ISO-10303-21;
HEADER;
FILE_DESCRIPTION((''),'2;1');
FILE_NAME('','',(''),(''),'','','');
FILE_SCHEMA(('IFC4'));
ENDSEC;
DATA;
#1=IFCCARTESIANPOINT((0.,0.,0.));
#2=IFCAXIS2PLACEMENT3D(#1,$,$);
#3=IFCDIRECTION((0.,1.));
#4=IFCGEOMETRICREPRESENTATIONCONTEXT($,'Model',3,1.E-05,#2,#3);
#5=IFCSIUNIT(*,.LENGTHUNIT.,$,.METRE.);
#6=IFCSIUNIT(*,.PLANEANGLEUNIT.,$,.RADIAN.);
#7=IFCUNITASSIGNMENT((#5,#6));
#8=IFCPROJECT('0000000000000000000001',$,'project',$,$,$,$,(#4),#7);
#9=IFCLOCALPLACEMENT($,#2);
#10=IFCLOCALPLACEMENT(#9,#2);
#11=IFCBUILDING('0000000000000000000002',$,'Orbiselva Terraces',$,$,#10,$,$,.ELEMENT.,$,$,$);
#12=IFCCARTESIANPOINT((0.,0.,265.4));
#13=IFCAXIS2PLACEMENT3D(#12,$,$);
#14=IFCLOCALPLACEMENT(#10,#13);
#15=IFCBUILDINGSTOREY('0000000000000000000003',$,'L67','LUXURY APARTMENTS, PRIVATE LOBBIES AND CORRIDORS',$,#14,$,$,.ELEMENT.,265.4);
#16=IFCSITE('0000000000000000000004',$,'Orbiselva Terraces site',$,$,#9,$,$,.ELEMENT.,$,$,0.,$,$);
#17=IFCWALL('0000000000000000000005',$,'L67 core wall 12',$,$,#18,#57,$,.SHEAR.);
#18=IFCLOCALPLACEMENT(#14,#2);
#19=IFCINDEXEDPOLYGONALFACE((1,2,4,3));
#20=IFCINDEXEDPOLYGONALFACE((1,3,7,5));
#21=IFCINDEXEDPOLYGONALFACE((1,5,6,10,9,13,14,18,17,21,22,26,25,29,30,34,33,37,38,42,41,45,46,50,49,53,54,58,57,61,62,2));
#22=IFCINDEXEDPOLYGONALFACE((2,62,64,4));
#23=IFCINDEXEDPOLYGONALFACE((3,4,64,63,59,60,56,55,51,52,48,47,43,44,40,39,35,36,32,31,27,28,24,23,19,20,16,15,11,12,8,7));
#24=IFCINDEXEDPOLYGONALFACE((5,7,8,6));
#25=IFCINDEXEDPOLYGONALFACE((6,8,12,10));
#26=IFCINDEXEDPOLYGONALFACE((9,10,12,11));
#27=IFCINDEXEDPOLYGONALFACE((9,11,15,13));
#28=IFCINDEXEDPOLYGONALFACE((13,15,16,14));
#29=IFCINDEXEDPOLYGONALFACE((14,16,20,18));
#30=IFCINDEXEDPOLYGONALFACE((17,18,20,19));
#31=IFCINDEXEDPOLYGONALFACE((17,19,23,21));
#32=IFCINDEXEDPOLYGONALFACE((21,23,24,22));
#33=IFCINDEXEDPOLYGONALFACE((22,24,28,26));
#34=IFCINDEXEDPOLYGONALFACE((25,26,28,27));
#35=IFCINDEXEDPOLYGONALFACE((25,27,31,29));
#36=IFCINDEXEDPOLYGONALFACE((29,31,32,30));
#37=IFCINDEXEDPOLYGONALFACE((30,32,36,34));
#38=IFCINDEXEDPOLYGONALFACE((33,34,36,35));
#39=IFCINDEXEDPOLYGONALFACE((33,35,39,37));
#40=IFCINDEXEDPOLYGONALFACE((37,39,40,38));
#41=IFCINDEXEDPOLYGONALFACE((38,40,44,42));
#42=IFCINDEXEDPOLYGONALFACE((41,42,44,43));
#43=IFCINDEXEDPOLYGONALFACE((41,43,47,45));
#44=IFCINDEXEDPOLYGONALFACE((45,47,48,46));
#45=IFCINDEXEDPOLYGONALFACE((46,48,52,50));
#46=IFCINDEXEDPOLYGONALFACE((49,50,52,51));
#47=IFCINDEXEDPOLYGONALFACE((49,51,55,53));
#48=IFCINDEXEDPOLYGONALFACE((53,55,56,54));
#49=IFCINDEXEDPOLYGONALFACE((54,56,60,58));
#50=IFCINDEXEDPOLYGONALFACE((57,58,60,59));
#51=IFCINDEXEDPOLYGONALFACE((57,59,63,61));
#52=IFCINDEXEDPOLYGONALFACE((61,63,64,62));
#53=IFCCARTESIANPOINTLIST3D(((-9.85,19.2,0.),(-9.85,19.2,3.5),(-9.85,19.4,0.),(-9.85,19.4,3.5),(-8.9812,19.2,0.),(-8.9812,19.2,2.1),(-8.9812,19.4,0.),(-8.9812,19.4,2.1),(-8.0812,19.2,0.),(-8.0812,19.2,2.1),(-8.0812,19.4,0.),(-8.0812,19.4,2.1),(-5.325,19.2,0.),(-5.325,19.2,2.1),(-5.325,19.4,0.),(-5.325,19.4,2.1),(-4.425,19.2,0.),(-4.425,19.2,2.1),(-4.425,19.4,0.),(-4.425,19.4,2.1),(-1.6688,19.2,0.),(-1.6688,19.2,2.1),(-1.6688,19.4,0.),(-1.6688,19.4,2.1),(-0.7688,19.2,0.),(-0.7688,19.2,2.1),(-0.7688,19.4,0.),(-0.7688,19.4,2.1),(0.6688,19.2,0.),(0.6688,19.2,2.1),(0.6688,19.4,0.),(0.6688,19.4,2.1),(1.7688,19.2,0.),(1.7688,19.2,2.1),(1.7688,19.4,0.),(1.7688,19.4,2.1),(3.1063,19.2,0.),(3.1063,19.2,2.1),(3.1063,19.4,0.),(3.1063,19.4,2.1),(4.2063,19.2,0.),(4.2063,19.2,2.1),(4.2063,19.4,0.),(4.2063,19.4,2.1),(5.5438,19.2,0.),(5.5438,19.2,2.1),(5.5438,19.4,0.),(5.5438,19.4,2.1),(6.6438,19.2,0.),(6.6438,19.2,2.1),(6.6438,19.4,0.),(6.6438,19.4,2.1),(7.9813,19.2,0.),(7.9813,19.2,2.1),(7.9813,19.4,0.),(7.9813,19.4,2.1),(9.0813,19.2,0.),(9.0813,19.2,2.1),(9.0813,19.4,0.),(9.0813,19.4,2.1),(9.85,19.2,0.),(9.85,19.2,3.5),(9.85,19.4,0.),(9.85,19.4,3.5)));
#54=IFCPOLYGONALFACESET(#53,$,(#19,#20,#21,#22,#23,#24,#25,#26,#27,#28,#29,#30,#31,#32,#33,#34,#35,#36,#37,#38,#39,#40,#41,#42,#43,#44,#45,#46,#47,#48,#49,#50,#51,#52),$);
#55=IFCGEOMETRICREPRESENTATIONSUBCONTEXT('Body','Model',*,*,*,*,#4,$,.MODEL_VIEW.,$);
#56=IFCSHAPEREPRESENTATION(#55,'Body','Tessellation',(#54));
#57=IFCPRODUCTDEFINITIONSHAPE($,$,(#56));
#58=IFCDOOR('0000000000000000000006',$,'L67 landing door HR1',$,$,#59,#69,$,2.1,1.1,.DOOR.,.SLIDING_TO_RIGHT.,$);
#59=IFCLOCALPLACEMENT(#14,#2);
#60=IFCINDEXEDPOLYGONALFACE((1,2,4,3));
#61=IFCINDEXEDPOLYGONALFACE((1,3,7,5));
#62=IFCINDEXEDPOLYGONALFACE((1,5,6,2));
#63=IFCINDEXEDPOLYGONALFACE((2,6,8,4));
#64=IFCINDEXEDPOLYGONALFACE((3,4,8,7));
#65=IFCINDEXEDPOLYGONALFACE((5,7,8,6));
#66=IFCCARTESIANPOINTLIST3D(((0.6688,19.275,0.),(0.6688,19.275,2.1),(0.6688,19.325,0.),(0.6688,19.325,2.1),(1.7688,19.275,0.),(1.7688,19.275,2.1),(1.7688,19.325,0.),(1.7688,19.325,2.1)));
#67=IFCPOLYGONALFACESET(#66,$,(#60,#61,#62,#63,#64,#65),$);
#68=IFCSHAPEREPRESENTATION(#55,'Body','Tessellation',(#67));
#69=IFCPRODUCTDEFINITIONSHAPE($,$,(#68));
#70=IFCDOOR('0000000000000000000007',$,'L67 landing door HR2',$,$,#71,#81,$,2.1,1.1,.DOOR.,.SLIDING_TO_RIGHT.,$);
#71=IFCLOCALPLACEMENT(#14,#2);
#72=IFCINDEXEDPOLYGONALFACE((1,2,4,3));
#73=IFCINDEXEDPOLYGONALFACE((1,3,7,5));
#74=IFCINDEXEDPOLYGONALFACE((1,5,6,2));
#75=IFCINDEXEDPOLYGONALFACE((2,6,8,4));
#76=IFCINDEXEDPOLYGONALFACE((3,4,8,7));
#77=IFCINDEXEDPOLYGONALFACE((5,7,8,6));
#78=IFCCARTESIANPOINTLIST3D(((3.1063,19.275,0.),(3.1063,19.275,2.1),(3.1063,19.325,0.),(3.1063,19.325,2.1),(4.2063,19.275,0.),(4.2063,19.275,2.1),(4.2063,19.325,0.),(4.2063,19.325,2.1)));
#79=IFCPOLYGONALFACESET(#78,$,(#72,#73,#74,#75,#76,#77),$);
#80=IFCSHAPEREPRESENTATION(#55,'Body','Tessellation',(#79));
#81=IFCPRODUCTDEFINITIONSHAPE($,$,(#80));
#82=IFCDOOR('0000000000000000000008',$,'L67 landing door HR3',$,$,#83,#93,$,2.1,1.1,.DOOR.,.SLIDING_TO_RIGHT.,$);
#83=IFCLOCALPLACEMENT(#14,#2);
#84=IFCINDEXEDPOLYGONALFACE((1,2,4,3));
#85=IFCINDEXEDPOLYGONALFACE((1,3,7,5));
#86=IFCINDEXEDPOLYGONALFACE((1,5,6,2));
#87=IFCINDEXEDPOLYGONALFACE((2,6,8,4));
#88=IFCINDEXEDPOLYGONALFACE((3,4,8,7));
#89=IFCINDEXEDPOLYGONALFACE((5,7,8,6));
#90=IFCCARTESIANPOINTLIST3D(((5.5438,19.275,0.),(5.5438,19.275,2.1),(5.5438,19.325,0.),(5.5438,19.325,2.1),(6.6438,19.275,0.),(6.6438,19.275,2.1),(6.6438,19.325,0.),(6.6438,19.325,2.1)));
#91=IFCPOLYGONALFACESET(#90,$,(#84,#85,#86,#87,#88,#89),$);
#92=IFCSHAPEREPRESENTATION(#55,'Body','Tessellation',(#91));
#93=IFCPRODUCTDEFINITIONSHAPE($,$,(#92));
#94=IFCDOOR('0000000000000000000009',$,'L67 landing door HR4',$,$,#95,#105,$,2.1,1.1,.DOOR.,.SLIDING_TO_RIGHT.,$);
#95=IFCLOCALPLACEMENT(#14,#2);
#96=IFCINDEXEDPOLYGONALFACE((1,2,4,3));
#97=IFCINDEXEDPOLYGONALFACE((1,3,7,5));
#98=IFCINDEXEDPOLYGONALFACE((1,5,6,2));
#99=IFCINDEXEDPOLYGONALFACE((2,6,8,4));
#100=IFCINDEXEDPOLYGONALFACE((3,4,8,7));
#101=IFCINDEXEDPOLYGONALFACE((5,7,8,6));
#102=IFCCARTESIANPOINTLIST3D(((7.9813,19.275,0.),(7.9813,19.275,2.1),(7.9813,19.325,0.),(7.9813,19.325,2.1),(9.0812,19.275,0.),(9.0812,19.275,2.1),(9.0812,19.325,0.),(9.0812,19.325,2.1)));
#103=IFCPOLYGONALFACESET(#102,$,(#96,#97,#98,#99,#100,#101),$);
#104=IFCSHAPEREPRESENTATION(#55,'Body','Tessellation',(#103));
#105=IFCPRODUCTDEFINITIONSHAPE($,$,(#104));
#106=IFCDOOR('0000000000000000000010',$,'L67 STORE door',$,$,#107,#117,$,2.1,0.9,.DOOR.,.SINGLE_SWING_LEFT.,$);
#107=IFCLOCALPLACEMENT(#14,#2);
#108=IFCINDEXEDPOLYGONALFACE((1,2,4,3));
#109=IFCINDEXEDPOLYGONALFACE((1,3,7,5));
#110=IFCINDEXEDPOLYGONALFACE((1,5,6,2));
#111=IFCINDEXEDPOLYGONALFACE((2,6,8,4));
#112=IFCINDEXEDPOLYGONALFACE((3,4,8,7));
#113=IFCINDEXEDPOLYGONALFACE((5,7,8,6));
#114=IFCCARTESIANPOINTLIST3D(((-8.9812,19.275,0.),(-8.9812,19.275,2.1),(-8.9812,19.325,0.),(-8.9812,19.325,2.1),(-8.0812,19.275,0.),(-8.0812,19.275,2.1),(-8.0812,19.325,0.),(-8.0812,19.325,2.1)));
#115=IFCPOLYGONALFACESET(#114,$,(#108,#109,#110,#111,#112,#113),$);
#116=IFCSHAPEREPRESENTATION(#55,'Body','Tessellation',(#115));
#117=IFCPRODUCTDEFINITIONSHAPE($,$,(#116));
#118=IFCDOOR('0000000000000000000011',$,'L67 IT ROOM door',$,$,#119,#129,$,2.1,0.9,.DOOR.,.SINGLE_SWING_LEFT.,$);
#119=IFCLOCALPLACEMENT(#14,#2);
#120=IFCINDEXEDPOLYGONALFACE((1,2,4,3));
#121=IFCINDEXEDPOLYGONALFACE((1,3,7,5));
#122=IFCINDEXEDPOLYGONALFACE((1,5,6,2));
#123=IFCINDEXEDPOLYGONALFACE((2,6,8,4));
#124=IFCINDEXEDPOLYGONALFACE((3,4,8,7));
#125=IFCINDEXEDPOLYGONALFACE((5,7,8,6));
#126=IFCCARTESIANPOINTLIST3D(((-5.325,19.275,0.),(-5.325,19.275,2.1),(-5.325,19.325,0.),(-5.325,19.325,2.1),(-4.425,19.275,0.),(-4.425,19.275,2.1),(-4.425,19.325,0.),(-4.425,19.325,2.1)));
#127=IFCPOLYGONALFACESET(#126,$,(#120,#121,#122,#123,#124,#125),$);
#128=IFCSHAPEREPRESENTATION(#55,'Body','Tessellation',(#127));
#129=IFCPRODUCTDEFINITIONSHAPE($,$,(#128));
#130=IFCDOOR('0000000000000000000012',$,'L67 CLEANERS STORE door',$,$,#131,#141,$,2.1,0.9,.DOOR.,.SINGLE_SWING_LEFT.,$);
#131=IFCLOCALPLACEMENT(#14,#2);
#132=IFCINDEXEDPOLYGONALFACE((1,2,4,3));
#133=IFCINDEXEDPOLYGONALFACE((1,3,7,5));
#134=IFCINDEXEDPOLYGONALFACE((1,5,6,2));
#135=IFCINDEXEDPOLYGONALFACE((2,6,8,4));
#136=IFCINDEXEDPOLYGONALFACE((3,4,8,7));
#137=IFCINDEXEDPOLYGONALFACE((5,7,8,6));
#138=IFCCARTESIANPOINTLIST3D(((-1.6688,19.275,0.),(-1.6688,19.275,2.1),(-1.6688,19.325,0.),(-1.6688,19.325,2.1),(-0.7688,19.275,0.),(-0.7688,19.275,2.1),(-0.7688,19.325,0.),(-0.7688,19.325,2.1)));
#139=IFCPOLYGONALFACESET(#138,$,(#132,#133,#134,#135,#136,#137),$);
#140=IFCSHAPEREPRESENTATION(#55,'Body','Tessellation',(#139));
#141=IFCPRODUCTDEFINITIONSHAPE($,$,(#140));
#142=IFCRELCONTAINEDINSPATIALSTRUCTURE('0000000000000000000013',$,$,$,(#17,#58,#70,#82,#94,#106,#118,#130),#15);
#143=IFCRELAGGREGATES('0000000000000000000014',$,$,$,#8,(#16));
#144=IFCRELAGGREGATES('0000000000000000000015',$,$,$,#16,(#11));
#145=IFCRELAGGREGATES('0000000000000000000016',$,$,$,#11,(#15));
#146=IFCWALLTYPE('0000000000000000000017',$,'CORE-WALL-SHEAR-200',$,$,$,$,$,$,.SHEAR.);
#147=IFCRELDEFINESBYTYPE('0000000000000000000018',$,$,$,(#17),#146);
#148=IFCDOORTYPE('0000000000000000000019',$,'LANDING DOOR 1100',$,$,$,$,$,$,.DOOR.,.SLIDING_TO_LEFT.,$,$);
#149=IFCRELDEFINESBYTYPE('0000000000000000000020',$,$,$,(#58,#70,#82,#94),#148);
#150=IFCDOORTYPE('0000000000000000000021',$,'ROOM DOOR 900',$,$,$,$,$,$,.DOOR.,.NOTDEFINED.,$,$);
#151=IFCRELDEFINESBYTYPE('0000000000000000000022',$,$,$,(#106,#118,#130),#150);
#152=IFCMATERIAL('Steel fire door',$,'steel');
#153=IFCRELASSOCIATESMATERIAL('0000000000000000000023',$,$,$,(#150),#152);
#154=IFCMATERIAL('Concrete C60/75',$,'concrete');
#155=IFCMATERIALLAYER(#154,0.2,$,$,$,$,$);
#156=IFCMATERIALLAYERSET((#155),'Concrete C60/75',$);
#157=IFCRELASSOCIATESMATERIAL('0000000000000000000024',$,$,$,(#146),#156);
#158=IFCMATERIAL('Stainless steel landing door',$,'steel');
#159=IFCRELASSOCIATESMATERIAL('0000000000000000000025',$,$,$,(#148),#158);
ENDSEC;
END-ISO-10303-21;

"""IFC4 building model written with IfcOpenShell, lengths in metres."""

from ifc_helpers import new_model, si_unit, direction, frame, frame_2d, origin, place, context, subcontext, project, spatial, rectangle, extrude, material, layer, layer_set, type_object, element, fill, save


model = new_model("IFC4")

# Units and contexts
model_context = context("Model", 3, precision=1e-05, world=origin(), true_north=direction((0.0, 1.0)))
body_context = subcontext(model_context, "Body", "Model", "MODEL_VIEW")
ifc_project = project(units=[si_unit("LENGTHUNIT", "METRE"), si_unit("PLANEANGLEUNIT", "RADIAN")], contexts=[model_context])

# Site, building, storey
site_placement = place(None, origin())
site = spatial("IfcSite", under=ifc_project, at=site_placement, Name="Orbiselva Terraces site", CompositionType="ELEMENT", RefElevation=0.0)
building_placement = place(site_placement, origin())
building = spatial("IfcBuilding", under=site, at=building_placement, Name="Orbiselva Terraces", CompositionType="ELEMENT")
storey_placement = place(building_placement, frame((0.0, 0.0, 265.4)))
storey = spatial("IfcBuildingStorey", under=building, at=storey_placement, Name="L67", Description="LUXURY APARTMENTS, PRIVATE LOBBIES AND CORRIDORS", CompositionType="ELEMENT", Elevation=265.4)

# Shared definitions
ifc_material_1 = material(Name="Steel fire door", Category="steel")
door_type_1 = type_object("IfcDoorType", Name="ROOM DOOR 900", OperationType="NOTDEFINED", PredefinedType="DOOR", material=ifc_material_1)

# Shared definitions
ifc_material_2 = material(Name="Concrete C60/75", Category="concrete")
ifc_layer_1 = layer(ifc_material_2, 0.2)
ifc_layer_set_1 = layer_set([ifc_layer_1], Name="Concrete C60/75")
wall_type_1 = type_object("IfcWallType", Name="CORE-WALL-SHEAR-200", PredefinedType="SHEAR", material=ifc_layer_set_1)

# Wall, openings, doors
wall_1_placement = place(storey_placement, frame((-9.85, 19.3, 0.0), z_axis=(0.0, 0.0, 1.0), x_axis=(1.0, 0.0, 0.0)))
wall_1 = element("IfcWall", 1, at=wall_1_placement, inside=storey, type_object=wall_type_1, Name="L67 core wall 12", PredefinedType="SHEAR", context=body_context, shape_type="SweptSolid", body=[
    extrude(rectangle(XDim=19.7, YDim=0.2, at=frame_2d((9.85, 0.0))), origin(), (0.0, 0.0, 1.0), 3.5),
])
opening_1_placement = place(wall_1_placement, frame((10.5188, 0.0, 0.0)))
opening_1 = element("IfcOpeningElement", 2, at=opening_1_placement, cuts=wall_1, PredefinedType="OPENING", context=body_context, shape_type="SweptSolid", body=[
    extrude(rectangle(XDim=1.1, YDim=2.1, at=frame_2d((0.55, 1.05))), frame((0.0, 0.11, 0.0), z_axis=(0.0, -1.0, 0.0), x_axis=(1.0, 0.0, 0.0)), (0.0, 0.0, 1.0), 0.22),
])
opening_2_placement = place(wall_1_placement, frame((12.9563, 0.0, 0.0)))
opening_2 = element("IfcOpeningElement", 3, at=opening_2_placement, cuts=wall_1, PredefinedType="OPENING", context=body_context, shape_type="SweptSolid", body=[
    extrude(rectangle(XDim=1.1, YDim=2.1, at=frame_2d((0.55, 1.05))), frame((0.0, 0.11, 0.0), z_axis=(0.0, -1.0, 0.0), x_axis=(1.0, 0.0, 0.0)), (0.0, 0.0, 1.0), 0.22),
])
opening_3_placement = place(wall_1_placement, frame((15.3938, 0.0, 0.0)))
opening_3 = element("IfcOpeningElement", 4, at=opening_3_placement, cuts=wall_1, PredefinedType="OPENING", context=body_context, shape_type="SweptSolid", body=[
    extrude(rectangle(XDim=1.1, YDim=2.1, at=frame_2d((0.55, 1.05))), frame((0.0, 0.11, 0.0), z_axis=(0.0, -1.0, 0.0), x_axis=(1.0, 0.0, 0.0)), (0.0, 0.0, 1.0), 0.22),
])
opening_4_placement = place(wall_1_placement, frame((17.8313, 0.0, 0.0)))
opening_4 = element("IfcOpeningElement", 5, at=opening_4_placement, cuts=wall_1, PredefinedType="OPENING", context=body_context, shape_type="SweptSolid", body=[
    extrude(rectangle(XDim=1.1, YDim=2.1, at=frame_2d((0.55, 1.05))), frame((0.0, 0.11, 0.0), z_axis=(0.0, -1.0, 0.0), x_axis=(1.0, 0.0, 0.0)), (0.0, 0.0, 1.0), 0.22),
])
opening_5_placement = place(wall_1_placement, frame((0.8688, 0.0, 0.0)))
opening_5 = element("IfcOpeningElement", 6, at=opening_5_placement, cuts=wall_1, PredefinedType="OPENING", context=body_context, shape_type="SweptSolid", body=[
    extrude(rectangle(XDim=0.9, YDim=2.1, at=frame_2d((0.45, 1.05))), frame((0.0, 0.11, 0.0), z_axis=(0.0, -1.0, 0.0), x_axis=(1.0, 0.0, 0.0)), (0.0, 0.0, 1.0), 0.22),
])
opening_6_placement = place(wall_1_placement, frame((4.525, 0.0, 0.0)))
opening_6 = element("IfcOpeningElement", 7, at=opening_6_placement, cuts=wall_1, PredefinedType="OPENING", context=body_context, shape_type="SweptSolid", body=[
    extrude(rectangle(XDim=0.9, YDim=2.1, at=frame_2d((0.45, 1.05))), frame((0.0, 0.11, 0.0), z_axis=(0.0, -1.0, 0.0), x_axis=(1.0, 0.0, 0.0)), (0.0, 0.0, 1.0), 0.22),
])
opening_7_placement = place(wall_1_placement, frame((8.1812, 0.0, 0.0)))
opening_7 = element("IfcOpeningElement", 8, at=opening_7_placement, cuts=wall_1, PredefinedType="OPENING", context=body_context, shape_type="SweptSolid", body=[
    extrude(rectangle(XDim=0.9, YDim=2.1, at=frame_2d((0.45, 1.05))), frame((0.0, 0.11, 0.0), z_axis=(0.0, -1.0, 0.0), x_axis=(1.0, 0.0, 0.0)), (0.0, 0.0, 1.0), 0.22),
])
ifc_material_3 = material(Name="Stainless steel landing door", Category="steel")
door_type_2 = type_object("IfcDoorType", Name="LANDING DOOR 1100", OperationType="SLIDING_TO_LEFT", PredefinedType="DOOR", material=ifc_material_3)
door_1_placement = place(opening_1_placement, origin())
door_1 = element("IfcDoor", 9, at=door_1_placement, inside=storey, type_object=door_type_2, Name="L67 landing door HR1", OperationType="SLIDING_TO_RIGHT", OverallHeight=2.1, OverallWidth=1.1, PredefinedType="DOOR", context=body_context, shape_type="SweptSolid", body=[
    extrude(rectangle(XDim=1.1, YDim=2.1, at=frame_2d((0.55, 1.05))), frame((0.0, 0.025, 0.0), z_axis=(0.0, -1.0, 0.0), x_axis=(1.0, 0.0, 0.0)), (0.0, 0.0, 1.0), 0.05),
])
fill(opening_1, door_1)
door_2_placement = place(opening_2_placement, origin())
door_2 = element("IfcDoor", 10, at=door_2_placement, inside=storey, type_object=door_type_2, Name="L67 landing door HR2", OperationType="SLIDING_TO_RIGHT", OverallHeight=2.1, OverallWidth=1.1, PredefinedType="DOOR", context=body_context, shape_type="SweptSolid", body=[
    extrude(rectangle(XDim=1.1, YDim=2.1, at=frame_2d((0.55, 1.05))), frame((0.0, 0.025, 0.0), z_axis=(0.0, -1.0, 0.0), x_axis=(1.0, 0.0, 0.0)), (0.0, 0.0, 1.0), 0.05),
])
fill(opening_2, door_2)
door_3_placement = place(opening_3_placement, origin())
door_3 = element("IfcDoor", 11, at=door_3_placement, inside=storey, type_object=door_type_2, Name="L67 landing door HR3", OperationType="SLIDING_TO_RIGHT", OverallHeight=2.1, OverallWidth=1.1, PredefinedType="DOOR", context=body_context, shape_type="SweptSolid", body=[
    extrude(rectangle(XDim=1.1, YDim=2.1, at=frame_2d((0.55, 1.05))), frame((0.0, 0.025, 0.0), z_axis=(0.0, -1.0, 0.0), x_axis=(1.0, 0.0, 0.0)), (0.0, 0.0, 1.0), 0.05),
])
fill(opening_3, door_3)
door_4_placement = place(opening_4_placement, origin())
door_4 = element("IfcDoor", 12, at=door_4_placement, inside=storey, type_object=door_type_2, Name="L67 landing door HR4", OperationType="SLIDING_TO_RIGHT", OverallHeight=2.1, OverallWidth=1.1, PredefinedType="DOOR", context=body_context, shape_type="SweptSolid", body=[
    extrude(rectangle(XDim=1.1, YDim=2.1, at=frame_2d((0.55, 1.05))), frame((0.0, 0.025, 0.0), z_axis=(0.0, -1.0, 0.0), x_axis=(1.0, 0.0, 0.0)), (0.0, 0.0, 1.0), 0.05),
])
fill(opening_4, door_4)
door_5_placement = place(opening_5_placement, origin())
door_5 = element("IfcDoor", 13, at=door_5_placement, inside=storey, type_object=door_type_1, Name="L67 STORE door", OperationType="SINGLE_SWING_LEFT", OverallHeight=2.1, OverallWidth=0.9, PredefinedType="DOOR", context=body_context, shape_type="SweptSolid", body=[
    extrude(rectangle(XDim=0.9, YDim=2.1, at=frame_2d((0.45, 1.05))), frame((0.0, 0.025, 0.0), z_axis=(0.0, -1.0, 0.0), x_axis=(1.0, 0.0, 0.0)), (0.0, 0.0, 1.0), 0.05),
])
fill(opening_5, door_5)
door_6_placement = place(opening_6_placement, origin())
door_6 = element("IfcDoor", 14, at=door_6_placement, inside=storey, type_object=door_type_1, Name="L67 IT ROOM door", OperationType="SINGLE_SWING_LEFT", OverallHeight=2.1, OverallWidth=0.9, PredefinedType="DOOR", context=body_context, shape_type="SweptSolid", body=[
    extrude(rectangle(XDim=0.9, YDim=2.1, at=frame_2d((0.45, 1.05))), frame((0.0, 0.025, 0.0), z_axis=(0.0, -1.0, 0.0), x_axis=(1.0, 0.0, 0.0)), (0.0, 0.0, 1.0), 0.05),
])
fill(opening_6, door_6)
door_7_placement = place(opening_7_placement, origin())
door_7 = element("IfcDoor", 15, at=door_7_placement, inside=storey, type_object=door_type_1, Name="L67 CLEANERS STORE door", OperationType="SINGLE_SWING_LEFT", OverallHeight=2.1, OverallWidth=0.9, PredefinedType="DOOR", context=body_context, shape_type="SweptSolid", body=[
    extrude(rectangle(XDim=0.9, YDim=2.1, at=frame_2d((0.45, 1.05))), frame((0.0, 0.025, 0.0), z_axis=(0.0, -1.0, 0.0), x_axis=(1.0, 0.0, 0.0)), (0.0, 0.0, 1.0), 0.05),
])
fill(opening_7, door_7)

save(model, "model.ifc")
